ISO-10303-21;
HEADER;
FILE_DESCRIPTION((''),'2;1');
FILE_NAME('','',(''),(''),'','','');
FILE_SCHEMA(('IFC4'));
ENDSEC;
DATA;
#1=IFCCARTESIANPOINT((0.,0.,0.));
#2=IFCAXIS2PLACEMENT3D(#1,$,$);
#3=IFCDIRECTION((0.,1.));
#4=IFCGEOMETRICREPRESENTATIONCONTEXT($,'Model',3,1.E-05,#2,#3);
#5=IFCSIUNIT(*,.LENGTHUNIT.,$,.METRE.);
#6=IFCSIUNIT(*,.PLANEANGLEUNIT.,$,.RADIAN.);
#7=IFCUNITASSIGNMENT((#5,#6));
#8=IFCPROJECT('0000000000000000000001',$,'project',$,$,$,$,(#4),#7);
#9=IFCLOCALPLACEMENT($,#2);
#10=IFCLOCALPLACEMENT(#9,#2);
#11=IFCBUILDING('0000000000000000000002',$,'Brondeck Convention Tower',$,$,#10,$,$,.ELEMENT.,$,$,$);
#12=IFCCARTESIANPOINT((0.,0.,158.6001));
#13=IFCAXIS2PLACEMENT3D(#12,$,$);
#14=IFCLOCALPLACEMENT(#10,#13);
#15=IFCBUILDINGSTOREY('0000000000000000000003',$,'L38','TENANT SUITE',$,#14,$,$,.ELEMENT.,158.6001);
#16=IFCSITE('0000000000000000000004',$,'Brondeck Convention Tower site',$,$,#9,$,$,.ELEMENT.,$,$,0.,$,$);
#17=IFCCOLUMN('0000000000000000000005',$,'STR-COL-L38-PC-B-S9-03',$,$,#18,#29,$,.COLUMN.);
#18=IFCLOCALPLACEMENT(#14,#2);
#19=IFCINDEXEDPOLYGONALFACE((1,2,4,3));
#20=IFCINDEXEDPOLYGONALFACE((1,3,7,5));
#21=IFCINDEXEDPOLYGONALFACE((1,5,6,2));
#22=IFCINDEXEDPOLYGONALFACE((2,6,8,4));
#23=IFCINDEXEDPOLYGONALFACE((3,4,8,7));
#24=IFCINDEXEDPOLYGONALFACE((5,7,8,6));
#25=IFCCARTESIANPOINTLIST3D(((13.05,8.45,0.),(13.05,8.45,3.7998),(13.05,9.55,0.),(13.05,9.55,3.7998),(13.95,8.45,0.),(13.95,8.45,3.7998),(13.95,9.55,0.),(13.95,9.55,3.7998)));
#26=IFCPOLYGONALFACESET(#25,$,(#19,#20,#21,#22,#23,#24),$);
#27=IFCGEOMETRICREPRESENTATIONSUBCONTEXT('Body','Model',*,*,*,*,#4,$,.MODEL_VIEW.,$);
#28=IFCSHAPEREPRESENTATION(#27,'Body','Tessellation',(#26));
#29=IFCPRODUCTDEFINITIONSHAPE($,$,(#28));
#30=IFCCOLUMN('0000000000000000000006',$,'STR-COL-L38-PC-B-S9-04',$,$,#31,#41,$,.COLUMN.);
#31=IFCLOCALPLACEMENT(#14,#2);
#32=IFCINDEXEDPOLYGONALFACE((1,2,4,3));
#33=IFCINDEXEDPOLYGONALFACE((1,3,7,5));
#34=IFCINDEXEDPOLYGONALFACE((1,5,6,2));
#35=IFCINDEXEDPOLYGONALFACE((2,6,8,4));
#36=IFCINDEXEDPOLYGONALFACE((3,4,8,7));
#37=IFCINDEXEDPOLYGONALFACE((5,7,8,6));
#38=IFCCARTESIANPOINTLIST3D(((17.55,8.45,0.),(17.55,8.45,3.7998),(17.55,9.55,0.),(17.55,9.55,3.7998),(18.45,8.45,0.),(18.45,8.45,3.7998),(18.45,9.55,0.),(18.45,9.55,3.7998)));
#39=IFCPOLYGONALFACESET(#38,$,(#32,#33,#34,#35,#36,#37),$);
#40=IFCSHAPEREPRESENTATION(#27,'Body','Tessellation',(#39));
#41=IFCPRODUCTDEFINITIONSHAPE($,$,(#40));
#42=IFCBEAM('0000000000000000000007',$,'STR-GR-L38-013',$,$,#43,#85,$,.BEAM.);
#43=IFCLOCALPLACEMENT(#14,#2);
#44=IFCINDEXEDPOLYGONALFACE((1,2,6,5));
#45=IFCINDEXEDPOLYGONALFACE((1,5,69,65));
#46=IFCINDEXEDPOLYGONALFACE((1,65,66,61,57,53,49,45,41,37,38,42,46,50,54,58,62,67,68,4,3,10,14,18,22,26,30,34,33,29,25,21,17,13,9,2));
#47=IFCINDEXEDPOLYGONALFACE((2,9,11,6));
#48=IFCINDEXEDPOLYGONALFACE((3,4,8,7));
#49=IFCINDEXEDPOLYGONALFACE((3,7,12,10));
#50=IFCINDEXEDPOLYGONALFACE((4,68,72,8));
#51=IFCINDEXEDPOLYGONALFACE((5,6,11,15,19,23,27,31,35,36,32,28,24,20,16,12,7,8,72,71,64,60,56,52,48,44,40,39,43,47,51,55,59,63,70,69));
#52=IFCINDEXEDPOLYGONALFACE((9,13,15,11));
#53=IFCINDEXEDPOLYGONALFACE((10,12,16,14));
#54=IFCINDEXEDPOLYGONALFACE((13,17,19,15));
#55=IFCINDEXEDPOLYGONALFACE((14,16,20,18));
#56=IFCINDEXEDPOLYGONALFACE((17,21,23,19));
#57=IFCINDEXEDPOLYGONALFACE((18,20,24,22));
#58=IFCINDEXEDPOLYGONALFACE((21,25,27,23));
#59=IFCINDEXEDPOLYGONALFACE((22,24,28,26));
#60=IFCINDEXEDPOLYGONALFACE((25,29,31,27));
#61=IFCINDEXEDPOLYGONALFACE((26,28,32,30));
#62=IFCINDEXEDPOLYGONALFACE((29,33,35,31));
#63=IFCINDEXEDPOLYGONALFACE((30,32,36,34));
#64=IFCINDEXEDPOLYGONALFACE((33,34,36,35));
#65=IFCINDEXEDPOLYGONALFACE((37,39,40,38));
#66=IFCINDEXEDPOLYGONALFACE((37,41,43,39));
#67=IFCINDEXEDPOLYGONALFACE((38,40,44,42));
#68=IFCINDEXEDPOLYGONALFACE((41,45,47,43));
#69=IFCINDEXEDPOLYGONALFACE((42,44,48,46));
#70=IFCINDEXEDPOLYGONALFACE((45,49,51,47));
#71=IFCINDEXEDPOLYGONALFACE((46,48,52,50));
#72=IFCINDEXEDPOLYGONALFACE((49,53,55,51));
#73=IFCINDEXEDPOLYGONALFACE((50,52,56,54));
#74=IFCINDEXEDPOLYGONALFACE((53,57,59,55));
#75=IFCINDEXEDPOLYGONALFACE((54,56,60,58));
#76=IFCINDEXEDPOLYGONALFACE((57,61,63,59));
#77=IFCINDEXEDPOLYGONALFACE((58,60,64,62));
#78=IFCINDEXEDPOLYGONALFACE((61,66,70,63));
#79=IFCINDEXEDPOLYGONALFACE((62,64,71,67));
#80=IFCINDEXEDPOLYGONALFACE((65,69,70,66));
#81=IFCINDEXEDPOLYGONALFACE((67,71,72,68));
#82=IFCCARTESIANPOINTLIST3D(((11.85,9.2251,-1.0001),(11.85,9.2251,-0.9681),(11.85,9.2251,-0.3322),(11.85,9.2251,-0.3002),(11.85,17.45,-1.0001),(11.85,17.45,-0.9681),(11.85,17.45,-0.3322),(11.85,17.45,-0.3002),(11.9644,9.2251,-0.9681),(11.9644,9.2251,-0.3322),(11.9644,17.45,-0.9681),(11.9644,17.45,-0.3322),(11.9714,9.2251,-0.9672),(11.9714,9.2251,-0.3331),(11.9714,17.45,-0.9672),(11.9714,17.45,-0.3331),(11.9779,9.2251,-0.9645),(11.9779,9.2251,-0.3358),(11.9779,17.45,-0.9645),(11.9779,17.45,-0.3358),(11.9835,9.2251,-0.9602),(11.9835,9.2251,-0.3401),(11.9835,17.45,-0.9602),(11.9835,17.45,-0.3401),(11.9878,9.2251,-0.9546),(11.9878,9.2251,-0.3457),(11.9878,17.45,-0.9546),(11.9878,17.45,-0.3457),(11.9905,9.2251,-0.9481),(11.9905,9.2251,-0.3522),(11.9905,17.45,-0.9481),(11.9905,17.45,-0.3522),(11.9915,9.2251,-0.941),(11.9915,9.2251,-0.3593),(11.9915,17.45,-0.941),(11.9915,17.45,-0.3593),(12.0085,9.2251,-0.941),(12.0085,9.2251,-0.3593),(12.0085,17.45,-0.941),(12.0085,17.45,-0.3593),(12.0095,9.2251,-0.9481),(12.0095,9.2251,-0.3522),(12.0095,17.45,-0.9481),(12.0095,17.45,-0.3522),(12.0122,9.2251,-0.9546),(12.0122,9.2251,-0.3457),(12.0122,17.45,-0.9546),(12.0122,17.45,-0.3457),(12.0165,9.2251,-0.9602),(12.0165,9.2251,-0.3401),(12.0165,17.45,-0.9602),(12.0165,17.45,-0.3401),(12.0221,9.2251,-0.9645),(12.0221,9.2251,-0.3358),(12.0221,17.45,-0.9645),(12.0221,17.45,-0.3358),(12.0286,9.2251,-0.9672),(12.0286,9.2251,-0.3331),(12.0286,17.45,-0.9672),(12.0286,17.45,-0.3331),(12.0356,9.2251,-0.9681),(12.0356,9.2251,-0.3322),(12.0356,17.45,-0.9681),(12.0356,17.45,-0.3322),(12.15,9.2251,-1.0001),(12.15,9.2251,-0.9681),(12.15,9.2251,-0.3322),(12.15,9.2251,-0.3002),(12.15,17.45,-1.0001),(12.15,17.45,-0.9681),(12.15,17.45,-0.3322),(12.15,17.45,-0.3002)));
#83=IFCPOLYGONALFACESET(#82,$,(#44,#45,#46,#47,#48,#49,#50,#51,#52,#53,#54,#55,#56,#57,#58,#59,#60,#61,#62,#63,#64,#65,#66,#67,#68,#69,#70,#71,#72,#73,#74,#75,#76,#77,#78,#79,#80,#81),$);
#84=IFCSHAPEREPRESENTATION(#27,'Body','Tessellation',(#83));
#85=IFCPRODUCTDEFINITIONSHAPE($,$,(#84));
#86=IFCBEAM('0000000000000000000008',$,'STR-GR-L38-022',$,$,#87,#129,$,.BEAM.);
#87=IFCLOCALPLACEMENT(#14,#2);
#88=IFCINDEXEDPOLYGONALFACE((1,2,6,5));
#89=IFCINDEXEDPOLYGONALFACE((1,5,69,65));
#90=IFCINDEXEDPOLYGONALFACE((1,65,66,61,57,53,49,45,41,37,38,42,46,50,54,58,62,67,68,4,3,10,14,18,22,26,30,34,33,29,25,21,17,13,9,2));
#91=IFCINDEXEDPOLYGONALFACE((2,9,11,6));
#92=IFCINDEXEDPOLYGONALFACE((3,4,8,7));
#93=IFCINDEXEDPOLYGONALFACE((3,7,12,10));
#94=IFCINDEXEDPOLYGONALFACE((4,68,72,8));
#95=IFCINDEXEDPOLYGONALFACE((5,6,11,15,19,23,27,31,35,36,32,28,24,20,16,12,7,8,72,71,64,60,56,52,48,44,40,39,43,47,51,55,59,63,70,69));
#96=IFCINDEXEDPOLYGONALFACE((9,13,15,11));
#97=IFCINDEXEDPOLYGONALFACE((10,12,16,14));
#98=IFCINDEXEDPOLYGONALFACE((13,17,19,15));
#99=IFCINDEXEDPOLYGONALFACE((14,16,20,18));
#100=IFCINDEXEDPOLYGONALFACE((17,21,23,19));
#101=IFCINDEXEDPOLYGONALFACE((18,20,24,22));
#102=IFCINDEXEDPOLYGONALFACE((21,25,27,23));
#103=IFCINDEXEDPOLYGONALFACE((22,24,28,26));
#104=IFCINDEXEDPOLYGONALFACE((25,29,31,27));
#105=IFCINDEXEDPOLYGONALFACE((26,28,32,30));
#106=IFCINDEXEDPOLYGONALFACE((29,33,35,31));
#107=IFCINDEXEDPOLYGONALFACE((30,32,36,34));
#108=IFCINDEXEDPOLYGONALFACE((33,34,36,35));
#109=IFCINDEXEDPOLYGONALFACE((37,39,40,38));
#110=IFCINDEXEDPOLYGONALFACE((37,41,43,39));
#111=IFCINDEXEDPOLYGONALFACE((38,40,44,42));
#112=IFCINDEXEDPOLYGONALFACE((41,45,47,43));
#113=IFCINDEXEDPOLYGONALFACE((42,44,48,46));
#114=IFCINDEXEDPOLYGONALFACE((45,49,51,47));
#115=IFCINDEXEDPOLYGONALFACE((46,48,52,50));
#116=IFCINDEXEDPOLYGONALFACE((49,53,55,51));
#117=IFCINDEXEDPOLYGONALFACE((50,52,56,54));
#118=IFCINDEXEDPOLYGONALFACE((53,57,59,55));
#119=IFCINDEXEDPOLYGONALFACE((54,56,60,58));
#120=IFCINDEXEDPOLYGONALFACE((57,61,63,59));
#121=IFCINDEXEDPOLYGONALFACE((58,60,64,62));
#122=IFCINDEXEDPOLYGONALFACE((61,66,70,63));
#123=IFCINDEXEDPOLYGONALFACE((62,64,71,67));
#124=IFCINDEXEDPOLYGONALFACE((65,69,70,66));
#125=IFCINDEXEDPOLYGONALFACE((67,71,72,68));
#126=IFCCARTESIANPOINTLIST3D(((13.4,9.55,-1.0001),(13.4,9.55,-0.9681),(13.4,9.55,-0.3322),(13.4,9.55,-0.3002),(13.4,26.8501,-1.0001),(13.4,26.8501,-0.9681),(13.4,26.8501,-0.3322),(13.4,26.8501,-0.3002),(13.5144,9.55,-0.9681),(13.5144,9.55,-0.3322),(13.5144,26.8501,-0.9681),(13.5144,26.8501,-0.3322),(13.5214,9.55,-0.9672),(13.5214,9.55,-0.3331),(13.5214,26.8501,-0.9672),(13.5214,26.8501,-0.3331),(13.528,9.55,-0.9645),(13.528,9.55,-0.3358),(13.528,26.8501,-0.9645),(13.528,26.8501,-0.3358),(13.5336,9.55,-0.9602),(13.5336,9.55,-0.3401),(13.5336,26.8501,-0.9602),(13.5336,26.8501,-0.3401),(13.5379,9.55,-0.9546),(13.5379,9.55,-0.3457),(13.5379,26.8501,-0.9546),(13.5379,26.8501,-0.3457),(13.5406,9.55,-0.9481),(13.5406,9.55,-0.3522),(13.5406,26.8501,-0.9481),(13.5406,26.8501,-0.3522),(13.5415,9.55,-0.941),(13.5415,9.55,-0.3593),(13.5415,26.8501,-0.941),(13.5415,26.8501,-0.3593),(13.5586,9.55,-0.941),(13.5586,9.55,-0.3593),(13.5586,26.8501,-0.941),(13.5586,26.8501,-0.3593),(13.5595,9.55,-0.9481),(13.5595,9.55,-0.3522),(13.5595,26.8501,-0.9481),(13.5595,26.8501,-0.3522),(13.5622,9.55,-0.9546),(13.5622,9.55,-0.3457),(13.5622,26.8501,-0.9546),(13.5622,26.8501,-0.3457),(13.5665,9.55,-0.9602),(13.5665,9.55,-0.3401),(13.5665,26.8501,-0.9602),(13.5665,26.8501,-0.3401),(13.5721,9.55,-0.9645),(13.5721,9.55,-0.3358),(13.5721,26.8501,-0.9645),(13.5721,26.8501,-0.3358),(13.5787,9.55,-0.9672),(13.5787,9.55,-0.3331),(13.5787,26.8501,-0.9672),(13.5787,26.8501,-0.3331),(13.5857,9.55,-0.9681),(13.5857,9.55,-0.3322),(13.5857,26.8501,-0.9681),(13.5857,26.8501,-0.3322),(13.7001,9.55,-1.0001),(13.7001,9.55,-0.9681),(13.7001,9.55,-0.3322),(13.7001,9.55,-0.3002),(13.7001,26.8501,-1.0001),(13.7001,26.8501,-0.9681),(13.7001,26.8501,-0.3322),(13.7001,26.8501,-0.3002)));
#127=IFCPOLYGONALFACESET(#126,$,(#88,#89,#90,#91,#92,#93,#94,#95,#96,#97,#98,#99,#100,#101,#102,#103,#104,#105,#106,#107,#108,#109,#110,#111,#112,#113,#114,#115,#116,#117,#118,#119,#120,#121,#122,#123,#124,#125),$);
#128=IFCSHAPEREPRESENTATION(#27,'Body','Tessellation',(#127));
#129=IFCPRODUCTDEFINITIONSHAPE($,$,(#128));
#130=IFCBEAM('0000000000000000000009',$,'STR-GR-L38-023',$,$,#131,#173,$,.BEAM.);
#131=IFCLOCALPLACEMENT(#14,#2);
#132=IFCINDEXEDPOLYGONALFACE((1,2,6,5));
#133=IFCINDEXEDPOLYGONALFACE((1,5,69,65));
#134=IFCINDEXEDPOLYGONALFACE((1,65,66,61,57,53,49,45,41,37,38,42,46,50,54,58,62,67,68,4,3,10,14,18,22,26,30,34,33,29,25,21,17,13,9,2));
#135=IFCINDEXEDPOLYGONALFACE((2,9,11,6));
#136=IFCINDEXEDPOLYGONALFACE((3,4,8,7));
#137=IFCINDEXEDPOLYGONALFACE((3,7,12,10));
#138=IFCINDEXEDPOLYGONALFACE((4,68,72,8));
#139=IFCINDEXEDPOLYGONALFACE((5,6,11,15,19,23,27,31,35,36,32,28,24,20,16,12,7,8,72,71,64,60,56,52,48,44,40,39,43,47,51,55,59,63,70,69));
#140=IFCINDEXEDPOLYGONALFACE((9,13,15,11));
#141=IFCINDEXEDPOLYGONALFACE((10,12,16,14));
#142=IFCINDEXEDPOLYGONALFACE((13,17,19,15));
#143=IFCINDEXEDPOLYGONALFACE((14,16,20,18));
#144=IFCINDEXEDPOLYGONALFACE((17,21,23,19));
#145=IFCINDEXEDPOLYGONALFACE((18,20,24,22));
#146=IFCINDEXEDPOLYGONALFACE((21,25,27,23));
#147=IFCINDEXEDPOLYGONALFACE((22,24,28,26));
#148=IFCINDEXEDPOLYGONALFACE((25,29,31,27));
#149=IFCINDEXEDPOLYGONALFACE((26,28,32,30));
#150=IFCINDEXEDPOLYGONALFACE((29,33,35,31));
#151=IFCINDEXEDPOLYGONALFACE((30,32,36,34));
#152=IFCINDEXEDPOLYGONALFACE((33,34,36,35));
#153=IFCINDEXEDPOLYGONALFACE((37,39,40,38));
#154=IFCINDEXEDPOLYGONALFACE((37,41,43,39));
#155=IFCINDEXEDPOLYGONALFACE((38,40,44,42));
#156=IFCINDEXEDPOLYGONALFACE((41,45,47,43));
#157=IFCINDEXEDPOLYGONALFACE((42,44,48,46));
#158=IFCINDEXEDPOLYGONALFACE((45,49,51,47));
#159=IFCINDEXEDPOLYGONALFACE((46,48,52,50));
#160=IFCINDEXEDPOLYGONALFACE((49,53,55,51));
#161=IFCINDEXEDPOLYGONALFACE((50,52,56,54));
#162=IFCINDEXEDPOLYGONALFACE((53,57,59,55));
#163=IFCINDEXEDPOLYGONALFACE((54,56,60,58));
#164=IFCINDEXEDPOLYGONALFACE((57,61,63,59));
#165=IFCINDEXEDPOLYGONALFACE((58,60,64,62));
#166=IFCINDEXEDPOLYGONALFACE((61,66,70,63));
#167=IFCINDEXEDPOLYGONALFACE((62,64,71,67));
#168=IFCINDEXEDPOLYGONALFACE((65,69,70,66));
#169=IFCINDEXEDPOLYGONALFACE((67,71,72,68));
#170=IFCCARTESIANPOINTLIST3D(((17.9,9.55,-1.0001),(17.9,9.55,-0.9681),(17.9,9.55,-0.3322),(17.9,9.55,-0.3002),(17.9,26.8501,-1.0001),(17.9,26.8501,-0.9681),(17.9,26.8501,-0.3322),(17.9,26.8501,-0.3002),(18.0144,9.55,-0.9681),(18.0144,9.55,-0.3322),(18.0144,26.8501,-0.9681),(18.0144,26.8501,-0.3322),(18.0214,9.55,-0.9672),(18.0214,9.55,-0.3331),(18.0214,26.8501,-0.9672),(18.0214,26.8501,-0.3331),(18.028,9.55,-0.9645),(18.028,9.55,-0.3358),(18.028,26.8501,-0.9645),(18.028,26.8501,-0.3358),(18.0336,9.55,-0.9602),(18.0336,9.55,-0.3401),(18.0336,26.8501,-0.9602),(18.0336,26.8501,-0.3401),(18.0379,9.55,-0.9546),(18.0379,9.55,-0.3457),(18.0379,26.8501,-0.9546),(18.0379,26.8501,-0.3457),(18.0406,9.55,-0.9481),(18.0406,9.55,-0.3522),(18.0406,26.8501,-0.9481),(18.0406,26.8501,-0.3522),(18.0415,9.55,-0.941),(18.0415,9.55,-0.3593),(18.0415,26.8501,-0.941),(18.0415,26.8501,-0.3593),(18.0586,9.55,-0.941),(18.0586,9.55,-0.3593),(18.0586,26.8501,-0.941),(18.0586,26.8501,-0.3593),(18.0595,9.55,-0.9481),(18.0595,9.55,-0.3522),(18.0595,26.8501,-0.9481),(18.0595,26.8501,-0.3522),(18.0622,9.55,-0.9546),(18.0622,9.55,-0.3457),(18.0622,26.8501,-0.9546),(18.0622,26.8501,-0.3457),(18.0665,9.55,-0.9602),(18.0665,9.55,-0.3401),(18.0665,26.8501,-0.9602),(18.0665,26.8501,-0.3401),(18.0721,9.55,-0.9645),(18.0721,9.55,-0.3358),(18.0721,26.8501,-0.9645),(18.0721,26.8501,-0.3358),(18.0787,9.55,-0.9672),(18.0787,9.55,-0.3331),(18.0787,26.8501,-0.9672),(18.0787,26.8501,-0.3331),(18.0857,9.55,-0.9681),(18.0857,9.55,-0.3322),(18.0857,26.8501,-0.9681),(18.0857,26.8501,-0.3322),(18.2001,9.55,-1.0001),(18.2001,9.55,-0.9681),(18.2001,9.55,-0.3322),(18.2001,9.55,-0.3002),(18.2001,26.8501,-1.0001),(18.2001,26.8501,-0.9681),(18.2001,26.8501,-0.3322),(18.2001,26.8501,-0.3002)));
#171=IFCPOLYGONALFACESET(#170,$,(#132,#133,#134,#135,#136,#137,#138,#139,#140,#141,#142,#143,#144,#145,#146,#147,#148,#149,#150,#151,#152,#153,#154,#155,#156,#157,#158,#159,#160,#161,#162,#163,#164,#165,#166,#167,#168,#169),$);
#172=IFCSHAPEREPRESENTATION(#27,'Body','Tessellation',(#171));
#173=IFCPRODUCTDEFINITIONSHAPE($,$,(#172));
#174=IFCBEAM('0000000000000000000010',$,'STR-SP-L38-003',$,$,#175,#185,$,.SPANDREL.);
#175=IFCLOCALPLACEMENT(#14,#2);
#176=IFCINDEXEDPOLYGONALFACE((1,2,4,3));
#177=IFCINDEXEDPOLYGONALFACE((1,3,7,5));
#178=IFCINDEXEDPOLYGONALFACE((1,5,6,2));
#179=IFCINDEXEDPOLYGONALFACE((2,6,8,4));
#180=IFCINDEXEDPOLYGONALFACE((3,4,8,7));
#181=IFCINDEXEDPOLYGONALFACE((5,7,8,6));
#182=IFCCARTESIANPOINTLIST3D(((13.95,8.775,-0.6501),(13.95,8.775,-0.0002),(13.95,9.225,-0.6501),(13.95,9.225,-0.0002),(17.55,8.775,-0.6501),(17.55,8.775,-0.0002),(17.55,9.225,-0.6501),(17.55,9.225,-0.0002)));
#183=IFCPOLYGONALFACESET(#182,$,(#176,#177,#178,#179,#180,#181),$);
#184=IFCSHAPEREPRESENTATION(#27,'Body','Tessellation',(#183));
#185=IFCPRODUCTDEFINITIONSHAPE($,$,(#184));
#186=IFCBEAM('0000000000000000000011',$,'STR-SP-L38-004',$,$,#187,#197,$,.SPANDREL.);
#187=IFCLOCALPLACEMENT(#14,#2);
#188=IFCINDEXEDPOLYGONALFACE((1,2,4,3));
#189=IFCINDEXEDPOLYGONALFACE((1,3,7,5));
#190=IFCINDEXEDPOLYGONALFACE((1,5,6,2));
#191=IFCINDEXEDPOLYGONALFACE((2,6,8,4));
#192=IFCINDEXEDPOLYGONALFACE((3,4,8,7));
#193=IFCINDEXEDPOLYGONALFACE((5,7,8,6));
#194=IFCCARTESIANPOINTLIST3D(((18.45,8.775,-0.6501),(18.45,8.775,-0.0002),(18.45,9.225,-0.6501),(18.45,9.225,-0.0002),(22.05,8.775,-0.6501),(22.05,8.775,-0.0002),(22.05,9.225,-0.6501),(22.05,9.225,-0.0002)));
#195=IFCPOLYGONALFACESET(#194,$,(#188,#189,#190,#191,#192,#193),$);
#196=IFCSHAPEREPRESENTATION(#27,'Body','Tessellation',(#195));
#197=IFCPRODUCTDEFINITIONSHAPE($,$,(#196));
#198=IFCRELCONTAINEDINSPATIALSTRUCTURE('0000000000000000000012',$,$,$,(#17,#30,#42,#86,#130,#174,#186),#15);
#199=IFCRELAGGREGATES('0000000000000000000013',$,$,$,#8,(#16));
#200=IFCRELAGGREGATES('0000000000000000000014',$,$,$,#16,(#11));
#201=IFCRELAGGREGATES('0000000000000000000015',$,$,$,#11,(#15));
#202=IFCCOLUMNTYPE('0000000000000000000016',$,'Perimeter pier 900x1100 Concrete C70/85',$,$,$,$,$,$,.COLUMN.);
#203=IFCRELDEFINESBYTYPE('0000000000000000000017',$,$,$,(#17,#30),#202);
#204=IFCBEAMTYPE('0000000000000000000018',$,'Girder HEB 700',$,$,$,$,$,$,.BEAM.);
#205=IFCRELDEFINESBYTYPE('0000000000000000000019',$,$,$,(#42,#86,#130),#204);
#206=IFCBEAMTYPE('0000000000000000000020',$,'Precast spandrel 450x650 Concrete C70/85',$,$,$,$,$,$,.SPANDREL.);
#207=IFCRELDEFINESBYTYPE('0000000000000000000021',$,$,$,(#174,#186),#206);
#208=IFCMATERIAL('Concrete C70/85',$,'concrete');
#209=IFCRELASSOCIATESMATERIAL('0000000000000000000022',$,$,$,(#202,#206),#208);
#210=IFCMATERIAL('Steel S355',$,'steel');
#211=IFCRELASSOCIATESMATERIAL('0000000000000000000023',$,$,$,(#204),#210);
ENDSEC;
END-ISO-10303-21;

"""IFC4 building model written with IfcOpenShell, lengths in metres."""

from ifc_helpers import new_model, si_unit, direction, frame, origin, origin_2d, place, context, subcontext, project, spatial, rectangle, i_section, extrude, material, material_profile, profile_set, type_object, element, save


model = new_model("IFC4")

# Units and contexts
model_context = context("Model", 3, precision=1e-05, world=origin(), true_north=direction((0.0, 1.0)))
body_context = subcontext(model_context, "Body", "Model", "MODEL_VIEW")
ifc_project = project(units=[si_unit("LENGTHUNIT", "METRE"), si_unit("PLANEANGLEUNIT", "RADIAN")], contexts=[model_context])

# Site, building, storey
site_placement = place(None, origin())
site = spatial("IfcSite", under=ifc_project, at=site_placement, Name="Brondeck Convention Tower site", CompositionType="ELEMENT", RefElevation=0.0)
building_placement = place(site_placement, origin())
building = spatial("IfcBuilding", under=site, at=building_placement, Name="Brondeck Convention Tower", CompositionType="ELEMENT")
storey_placement = place(building_placement, frame((0.0, 0.0, 158.6001)))
storey = spatial("IfcBuildingStorey", under=building, at=storey_placement, Name="L38", Description="TENANT SUITE", CompositionType="ELEMENT", Elevation=158.6001)

# Columns
ifc_material_1 = material(Name="Concrete C70/85", Category="concrete")
ifc_material_profile_1 = material_profile(ifc_material_1, rectangle(XDim=0.8999, YDim=1.1001, at=origin_2d()), Name="Perimeter pier 900x1100 Concrete C70/85")
ifc_profile_set_1 = profile_set([ifc_material_profile_1], Name="Concrete C70/85")
column_type = type_object("IfcColumnType", Name="Perimeter pier 900x1100 Concrete C70/85", PredefinedType="COLUMN", material=ifc_profile_set_1)
for number, where, z_axis, x_axis, name in (
    (1, (13.5, 9.0, 0.0), (0.0, 0.0, 1.0), (1.0, 0.0, 0.0), "STR-COL-L38-PC-B-S9-03"),
    (2, (18.0, 9.0, 0.0), (0.0, 0.0, 1.0), (1.0, 0.0, 0.0), "STR-COL-L38-PC-B-S9-04"),
):
    element("IfcColumn", number, at=place(storey_placement, frame(where, z_axis=z_axis, x_axis=x_axis)), inside=storey, type_object=column_type, Name=name, PredefinedType="COLUMN", context=body_context, shape_type="SweptSolid", body=[
        extrude(rectangle(XDim=0.8999, YDim=1.1001, at=origin_2d()), origin(), (0.0, 0.0, 1.0), 3.7998),
    ])

# Beams
ifc_material_2 = material(Name="Steel S355", Category="steel")
ifc_material_profile_2 = material_profile(ifc_material_2, i_section(OverallWidth=0.3, OverallDepth=0.7, WebThickness=0.0171, FlangeThickness=0.032, FilletRadius=0.0271, at=origin_2d()), Name="HEB 700")
ifc_profile_set_2 = profile_set([ifc_material_profile_2], Name="Steel S355")
beam_type_1 = type_object("IfcBeamType", Name="Girder HEB 700", PredefinedType="BEAM", material=ifc_profile_set_2)
beam_placement = place(storey_placement, frame((12.0, 17.45, -0.6501), z_axis=(0.0, -1.0, 0.0), x_axis=(1.0, 0.0, 0.0)))
element("IfcBeam", 3, at=beam_placement, inside=storey, type_object=beam_type_1, Name="STR-GR-L38-013", PredefinedType="BEAM", context=body_context, shape_type="SweptSolid", body=[
    extrude(i_section(OverallWidth=0.3, OverallDepth=0.7, WebThickness=0.0171, FlangeThickness=0.032, FilletRadius=0.0271, at=origin_2d()), origin(), (0.0, 0.0, 1.0), 8.2249),
])
for number, where, z_axis, x_axis, name in (
    (4, (13.55, 9.55, -0.6501), (0.0, 1.0, 0.0), (-1.0, 0.0, 0.0), "STR-GR-L38-022"),
    (5, (18.05, 9.55, -0.6501), (0.0, 1.0, 0.0), (-1.0, 0.0, 0.0), "STR-GR-L38-023"),
):
    element("IfcBeam", number, at=place(storey_placement, frame(where, z_axis=z_axis, x_axis=x_axis)), inside=storey, type_object=beam_type_1, Name=name, PredefinedType="BEAM", context=body_context, shape_type="SweptSolid", body=[
        extrude(i_section(OverallWidth=0.3, OverallDepth=0.7, WebThickness=0.0171, FlangeThickness=0.032, FilletRadius=0.0271, at=origin_2d()), origin(), (0.0, 0.0, 1.0), 17.3),
    ])
ifc_material_profile_3 = material_profile(ifc_material_1, rectangle(XDim=0.45, YDim=0.6499, at=origin_2d()), Name="Precast spandrel 450x650 Concrete C70/85")
ifc_profile_set_3 = profile_set([ifc_material_profile_3], Name="Concrete C70/85")
beam_type_2 = type_object("IfcBeamType", Name="Precast spandrel 450x650 Concrete C70/85", PredefinedType="SPANDREL", material=ifc_profile_set_3)
for number, where, z_axis, x_axis, name in (
    (6, (13.95, 9.0, -0.3252), (1.0, 0.0, 0.0), (0.0, 1.0, 0.0), "STR-SP-L38-003"),
    (7, (18.45, 9.0, -0.3252), (1.0, 0.0, 0.0), (0.0, 1.0, 0.0), "STR-SP-L38-004"),
):
    element("IfcBeam", number, at=place(storey_placement, frame(where, z_axis=z_axis, x_axis=x_axis)), inside=storey, type_object=beam_type_2, Name=name, PredefinedType="SPANDREL", context=body_context, shape_type="SweptSolid", body=[
        extrude(rectangle(XDim=0.45, YDim=0.6499, at=origin_2d()), origin(), (0.0, 0.0, 1.0), 3.6001),
    ])

save(model, "model.ifc")
